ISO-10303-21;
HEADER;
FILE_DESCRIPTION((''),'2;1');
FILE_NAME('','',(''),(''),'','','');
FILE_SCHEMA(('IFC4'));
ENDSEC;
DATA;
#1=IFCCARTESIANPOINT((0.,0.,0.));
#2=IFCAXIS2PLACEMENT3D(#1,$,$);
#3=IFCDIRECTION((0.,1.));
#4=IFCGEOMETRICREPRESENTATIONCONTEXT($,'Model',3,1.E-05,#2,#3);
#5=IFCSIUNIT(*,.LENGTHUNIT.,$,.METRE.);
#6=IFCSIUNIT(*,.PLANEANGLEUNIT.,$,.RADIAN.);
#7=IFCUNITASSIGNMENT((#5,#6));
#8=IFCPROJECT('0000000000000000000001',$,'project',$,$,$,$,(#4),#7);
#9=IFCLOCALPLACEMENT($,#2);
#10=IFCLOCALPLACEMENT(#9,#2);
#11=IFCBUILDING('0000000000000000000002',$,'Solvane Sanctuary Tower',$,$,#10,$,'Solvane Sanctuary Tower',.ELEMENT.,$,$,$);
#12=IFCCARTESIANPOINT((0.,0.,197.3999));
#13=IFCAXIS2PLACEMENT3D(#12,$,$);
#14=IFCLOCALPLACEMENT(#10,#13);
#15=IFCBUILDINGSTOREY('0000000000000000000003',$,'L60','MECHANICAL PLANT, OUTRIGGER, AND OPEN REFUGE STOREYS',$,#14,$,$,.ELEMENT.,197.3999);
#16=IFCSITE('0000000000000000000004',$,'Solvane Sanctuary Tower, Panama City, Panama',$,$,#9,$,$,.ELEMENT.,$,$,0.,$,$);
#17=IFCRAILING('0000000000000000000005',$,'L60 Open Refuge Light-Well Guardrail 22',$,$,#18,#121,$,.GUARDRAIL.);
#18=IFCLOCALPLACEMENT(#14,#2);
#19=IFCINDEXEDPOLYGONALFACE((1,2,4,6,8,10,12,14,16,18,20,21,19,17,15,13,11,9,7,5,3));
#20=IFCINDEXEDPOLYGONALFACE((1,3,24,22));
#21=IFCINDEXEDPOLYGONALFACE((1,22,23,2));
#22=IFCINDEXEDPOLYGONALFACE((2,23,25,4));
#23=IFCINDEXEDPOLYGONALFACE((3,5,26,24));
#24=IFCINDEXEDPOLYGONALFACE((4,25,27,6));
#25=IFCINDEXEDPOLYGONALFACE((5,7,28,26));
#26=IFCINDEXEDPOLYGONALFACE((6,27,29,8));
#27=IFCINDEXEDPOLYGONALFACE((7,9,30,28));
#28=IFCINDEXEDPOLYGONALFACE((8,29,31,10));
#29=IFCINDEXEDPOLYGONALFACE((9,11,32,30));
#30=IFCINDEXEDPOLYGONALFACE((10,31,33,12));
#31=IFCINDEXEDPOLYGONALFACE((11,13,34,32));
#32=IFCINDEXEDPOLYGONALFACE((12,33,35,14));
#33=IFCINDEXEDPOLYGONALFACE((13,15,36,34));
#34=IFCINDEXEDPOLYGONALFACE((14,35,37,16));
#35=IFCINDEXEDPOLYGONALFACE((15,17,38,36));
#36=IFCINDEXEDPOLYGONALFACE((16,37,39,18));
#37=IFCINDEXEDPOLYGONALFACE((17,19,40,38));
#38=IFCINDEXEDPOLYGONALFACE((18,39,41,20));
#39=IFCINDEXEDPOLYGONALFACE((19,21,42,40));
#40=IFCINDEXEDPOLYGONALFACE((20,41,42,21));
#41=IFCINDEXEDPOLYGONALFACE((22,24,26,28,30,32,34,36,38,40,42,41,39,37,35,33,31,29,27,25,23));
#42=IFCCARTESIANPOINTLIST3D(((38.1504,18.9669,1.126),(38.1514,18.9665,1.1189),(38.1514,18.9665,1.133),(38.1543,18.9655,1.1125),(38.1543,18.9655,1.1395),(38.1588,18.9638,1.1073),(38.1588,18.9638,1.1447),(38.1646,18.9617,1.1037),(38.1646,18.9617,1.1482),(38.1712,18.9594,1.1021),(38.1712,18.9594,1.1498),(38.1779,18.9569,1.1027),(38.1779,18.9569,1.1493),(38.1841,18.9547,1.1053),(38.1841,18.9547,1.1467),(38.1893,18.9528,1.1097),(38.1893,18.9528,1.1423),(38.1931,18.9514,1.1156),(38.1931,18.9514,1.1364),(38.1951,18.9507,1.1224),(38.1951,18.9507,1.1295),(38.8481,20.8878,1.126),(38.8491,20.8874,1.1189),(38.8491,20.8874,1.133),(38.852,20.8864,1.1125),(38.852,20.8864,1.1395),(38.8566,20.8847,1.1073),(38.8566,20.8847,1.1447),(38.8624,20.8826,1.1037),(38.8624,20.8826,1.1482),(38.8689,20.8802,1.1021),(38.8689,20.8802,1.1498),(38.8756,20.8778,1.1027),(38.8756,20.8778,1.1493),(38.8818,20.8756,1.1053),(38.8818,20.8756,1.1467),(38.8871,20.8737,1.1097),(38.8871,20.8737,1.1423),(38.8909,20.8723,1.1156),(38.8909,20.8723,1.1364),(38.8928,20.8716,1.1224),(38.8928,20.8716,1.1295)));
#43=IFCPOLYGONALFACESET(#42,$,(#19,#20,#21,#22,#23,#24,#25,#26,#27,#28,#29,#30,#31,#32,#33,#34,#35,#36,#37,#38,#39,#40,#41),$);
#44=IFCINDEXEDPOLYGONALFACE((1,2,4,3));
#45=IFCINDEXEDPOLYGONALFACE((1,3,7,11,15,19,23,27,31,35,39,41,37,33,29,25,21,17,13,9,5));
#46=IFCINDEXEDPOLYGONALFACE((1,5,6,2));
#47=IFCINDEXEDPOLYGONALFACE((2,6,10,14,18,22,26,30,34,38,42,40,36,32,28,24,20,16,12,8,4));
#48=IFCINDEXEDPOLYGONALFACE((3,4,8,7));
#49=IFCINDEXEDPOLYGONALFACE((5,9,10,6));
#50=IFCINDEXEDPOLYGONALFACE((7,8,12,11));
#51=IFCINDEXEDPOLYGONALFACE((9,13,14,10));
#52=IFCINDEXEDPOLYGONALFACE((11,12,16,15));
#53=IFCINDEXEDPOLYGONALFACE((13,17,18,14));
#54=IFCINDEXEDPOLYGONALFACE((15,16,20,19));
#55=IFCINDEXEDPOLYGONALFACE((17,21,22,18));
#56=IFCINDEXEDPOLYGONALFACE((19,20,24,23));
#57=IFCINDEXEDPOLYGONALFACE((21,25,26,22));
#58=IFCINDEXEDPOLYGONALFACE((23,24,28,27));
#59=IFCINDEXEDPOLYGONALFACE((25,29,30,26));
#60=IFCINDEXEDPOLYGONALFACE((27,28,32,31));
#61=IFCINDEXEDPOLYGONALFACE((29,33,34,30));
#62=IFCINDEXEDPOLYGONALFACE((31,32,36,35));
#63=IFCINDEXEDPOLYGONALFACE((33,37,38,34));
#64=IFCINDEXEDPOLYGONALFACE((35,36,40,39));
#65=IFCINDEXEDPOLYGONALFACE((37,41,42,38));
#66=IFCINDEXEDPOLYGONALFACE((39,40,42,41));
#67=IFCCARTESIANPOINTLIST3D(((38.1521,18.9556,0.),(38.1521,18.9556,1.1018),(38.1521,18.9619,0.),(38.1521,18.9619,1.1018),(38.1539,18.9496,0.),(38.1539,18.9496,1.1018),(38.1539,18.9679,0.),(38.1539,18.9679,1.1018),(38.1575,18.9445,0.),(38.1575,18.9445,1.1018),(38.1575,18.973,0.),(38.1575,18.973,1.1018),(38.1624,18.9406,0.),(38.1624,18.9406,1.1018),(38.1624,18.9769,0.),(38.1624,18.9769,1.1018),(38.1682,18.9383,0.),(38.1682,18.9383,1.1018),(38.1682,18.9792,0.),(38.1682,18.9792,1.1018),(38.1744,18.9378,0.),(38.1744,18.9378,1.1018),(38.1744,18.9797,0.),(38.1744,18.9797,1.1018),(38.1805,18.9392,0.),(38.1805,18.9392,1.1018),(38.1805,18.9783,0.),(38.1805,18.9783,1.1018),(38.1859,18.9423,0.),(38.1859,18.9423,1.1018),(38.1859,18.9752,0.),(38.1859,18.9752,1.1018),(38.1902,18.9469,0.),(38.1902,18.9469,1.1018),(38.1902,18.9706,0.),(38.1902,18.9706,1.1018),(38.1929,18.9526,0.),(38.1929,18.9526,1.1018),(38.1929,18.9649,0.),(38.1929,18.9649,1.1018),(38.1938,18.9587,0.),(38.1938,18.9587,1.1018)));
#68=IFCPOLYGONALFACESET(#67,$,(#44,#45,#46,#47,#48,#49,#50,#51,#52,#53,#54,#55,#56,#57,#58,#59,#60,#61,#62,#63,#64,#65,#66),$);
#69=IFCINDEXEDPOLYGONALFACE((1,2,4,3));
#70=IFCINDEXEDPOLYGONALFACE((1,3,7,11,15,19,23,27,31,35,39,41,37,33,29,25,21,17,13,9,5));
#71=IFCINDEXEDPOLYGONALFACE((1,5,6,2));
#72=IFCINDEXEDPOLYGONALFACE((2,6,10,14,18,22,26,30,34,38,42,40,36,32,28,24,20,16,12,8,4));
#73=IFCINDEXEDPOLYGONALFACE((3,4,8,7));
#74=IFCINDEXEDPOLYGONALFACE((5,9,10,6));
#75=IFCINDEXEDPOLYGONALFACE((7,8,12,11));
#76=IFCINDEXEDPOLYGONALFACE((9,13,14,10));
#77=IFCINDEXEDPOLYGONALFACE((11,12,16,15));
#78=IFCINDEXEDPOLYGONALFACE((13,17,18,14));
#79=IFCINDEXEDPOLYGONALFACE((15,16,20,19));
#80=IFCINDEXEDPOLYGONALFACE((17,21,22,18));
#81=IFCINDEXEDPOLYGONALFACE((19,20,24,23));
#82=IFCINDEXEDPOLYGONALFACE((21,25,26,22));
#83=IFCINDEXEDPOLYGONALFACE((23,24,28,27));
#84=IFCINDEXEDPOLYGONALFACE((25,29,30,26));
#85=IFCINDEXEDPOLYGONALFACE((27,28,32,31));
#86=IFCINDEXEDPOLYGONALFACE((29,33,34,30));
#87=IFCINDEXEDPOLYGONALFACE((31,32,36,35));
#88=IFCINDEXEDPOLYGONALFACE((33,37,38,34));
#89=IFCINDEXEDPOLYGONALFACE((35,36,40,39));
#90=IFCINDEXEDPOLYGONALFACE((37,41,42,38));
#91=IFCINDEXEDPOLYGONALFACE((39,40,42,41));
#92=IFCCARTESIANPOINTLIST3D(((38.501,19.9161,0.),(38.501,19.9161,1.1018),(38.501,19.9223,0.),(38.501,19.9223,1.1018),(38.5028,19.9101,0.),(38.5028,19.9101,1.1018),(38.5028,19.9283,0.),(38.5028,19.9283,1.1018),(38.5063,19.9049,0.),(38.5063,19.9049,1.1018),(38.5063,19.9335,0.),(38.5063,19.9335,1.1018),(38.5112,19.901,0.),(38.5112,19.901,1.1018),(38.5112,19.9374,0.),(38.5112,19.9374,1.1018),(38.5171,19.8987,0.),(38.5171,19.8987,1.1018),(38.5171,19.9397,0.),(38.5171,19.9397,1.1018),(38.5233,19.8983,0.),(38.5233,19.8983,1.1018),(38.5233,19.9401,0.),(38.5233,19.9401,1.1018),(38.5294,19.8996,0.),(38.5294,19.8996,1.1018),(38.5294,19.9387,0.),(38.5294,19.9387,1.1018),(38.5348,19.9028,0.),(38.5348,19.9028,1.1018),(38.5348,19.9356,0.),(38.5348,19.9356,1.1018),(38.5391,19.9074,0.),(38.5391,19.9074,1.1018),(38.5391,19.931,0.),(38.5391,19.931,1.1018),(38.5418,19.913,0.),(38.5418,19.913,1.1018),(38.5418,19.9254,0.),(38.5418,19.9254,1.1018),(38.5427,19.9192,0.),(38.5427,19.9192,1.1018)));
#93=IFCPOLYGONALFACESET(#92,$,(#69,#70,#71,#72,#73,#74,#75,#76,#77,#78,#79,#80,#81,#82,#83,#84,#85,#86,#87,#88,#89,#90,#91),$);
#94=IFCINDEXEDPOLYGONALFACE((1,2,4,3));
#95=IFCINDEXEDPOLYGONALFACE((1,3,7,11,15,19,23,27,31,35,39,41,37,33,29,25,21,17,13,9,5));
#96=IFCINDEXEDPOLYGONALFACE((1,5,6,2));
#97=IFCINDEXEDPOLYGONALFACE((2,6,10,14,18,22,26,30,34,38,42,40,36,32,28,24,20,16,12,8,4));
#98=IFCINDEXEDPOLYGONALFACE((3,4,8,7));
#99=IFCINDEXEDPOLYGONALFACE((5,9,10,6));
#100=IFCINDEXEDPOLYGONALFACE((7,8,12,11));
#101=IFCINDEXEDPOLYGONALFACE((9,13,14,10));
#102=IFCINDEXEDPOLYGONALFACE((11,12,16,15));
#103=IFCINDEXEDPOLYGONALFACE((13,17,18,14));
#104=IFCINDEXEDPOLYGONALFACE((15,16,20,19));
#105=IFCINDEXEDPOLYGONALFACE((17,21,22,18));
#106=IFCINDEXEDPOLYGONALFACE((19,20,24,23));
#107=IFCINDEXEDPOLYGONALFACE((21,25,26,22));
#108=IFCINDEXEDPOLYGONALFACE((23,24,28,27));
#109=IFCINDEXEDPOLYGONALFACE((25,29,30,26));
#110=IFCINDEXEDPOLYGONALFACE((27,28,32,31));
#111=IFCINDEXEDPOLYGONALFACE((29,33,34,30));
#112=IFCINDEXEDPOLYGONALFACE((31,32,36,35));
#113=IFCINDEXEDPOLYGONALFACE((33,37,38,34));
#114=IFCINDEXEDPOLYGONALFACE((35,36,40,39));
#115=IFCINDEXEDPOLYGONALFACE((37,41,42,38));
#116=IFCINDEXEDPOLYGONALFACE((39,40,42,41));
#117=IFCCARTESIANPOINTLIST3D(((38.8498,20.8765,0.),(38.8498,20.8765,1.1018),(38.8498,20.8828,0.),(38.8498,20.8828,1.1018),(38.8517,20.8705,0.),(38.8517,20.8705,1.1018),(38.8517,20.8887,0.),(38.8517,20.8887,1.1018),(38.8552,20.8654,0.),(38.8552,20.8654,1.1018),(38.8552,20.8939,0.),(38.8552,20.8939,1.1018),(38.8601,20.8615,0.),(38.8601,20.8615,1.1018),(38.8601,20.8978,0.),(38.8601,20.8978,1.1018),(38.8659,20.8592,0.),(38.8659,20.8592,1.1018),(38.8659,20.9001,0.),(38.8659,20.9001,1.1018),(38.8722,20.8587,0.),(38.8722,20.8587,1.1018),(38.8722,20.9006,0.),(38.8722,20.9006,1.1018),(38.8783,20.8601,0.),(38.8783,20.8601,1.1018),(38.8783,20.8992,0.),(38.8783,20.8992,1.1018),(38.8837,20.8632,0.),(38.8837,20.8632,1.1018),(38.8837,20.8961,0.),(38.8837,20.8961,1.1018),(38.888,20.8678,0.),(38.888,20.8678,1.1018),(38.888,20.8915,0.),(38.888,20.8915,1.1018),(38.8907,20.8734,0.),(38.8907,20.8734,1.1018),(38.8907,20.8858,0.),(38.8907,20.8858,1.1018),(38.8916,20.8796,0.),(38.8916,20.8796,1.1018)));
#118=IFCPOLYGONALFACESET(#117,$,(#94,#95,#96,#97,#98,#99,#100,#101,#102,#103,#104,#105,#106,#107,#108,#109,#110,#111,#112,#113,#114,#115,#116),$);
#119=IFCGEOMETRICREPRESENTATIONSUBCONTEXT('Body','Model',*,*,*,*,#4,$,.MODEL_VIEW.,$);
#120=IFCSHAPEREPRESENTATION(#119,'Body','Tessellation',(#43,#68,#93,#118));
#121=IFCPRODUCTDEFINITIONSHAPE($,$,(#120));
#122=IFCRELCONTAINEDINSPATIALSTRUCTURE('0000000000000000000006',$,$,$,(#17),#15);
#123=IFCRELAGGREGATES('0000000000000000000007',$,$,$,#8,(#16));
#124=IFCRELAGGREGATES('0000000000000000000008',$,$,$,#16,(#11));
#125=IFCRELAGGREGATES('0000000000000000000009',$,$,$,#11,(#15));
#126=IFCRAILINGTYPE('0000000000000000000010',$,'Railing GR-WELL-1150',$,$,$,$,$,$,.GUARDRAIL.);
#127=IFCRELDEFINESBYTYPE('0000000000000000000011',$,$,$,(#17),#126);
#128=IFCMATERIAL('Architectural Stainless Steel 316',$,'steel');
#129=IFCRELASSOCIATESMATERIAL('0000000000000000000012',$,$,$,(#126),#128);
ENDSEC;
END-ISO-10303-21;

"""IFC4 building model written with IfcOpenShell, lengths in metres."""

from ifc_helpers import new_model, si_unit, direction, frame, origin, origin_2d, place, context, subcontext, project, spatial, circle, extrude, material, type_object, element, save


model = new_model("IFC4")

# Units and contexts
model_context = context("Model", 3, precision=1e-05, world=origin(), true_north=direction((0.0, 1.0)))
body_context = subcontext(model_context, "Body", "Model", "MODEL_VIEW")
ifc_project = project(units=[si_unit("LENGTHUNIT", "METRE"), si_unit("PLANEANGLEUNIT", "RADIAN")], contexts=[model_context])

# Site, building, storey
site_placement = place(None, origin())
site = spatial("IfcSite", under=ifc_project, at=site_placement, Name="Solvane Sanctuary Tower, Panama City, Panama", CompositionType="ELEMENT", RefElevation=0.0)
building_placement = place(site_placement, origin())
building = spatial("IfcBuilding", under=site, at=building_placement, Name="Solvane Sanctuary Tower", LongName="Solvane Sanctuary Tower", CompositionType="ELEMENT")
storey_placement = place(building_placement, frame((0.0, 0.0, 197.3999)))
storey = spatial("IfcBuildingStorey", under=building, at=storey_placement, Name="L60", Description="MECHANICAL PLANT, OUTRIGGER, AND OPEN REFUGE STOREYS", CompositionType="ELEMENT", Elevation=197.3999)

# Shared definitions
ifc_material_1 = material(Name="Architectural Stainless Steel 316", Category="steel")

# Railing
railing_type_1 = type_object("IfcRailingType", Name="Railing GR-WELL-1150", PredefinedType="GUARDRAIL", material=ifc_material_1)
railing_1_placement = place(storey_placement, frame((38.1729, 18.9587, 0.0)))
element("IfcRailing", 1, at=railing_1_placement, inside=storey, type_object=railing_type_1, Name="L60 Open Refuge Light-Well Guardrail 22", PredefinedType="GUARDRAIL", context=body_context, shape_type="SweptSolid", body=[
    extrude(circle(Radius=0.0239, at=origin_2d()), frame((0.0, 0.0, 1.126), z_axis=(0.341417, 0.939912, 0.0), x_axis=(-0.939912, 0.341417, 0.0)), (0.0, 0.0, 1.0), 2.0437),
    extrude(circle(Radius=0.021, at=origin_2d()), origin(), (0.0, 0.0, 1.0), 1.1018),
    extrude(circle(Radius=0.021, at=origin_2d()), frame((0.3489, 0.9604, 0.0)), (0.0, 0.0, 1.0), 1.1018),
    extrude(circle(Radius=0.021, at=origin_2d()), frame((0.6978, 1.9209, 0.0)), (0.0, 0.0, 1.0), 1.1018),
])

save(model, "model.ifc")
